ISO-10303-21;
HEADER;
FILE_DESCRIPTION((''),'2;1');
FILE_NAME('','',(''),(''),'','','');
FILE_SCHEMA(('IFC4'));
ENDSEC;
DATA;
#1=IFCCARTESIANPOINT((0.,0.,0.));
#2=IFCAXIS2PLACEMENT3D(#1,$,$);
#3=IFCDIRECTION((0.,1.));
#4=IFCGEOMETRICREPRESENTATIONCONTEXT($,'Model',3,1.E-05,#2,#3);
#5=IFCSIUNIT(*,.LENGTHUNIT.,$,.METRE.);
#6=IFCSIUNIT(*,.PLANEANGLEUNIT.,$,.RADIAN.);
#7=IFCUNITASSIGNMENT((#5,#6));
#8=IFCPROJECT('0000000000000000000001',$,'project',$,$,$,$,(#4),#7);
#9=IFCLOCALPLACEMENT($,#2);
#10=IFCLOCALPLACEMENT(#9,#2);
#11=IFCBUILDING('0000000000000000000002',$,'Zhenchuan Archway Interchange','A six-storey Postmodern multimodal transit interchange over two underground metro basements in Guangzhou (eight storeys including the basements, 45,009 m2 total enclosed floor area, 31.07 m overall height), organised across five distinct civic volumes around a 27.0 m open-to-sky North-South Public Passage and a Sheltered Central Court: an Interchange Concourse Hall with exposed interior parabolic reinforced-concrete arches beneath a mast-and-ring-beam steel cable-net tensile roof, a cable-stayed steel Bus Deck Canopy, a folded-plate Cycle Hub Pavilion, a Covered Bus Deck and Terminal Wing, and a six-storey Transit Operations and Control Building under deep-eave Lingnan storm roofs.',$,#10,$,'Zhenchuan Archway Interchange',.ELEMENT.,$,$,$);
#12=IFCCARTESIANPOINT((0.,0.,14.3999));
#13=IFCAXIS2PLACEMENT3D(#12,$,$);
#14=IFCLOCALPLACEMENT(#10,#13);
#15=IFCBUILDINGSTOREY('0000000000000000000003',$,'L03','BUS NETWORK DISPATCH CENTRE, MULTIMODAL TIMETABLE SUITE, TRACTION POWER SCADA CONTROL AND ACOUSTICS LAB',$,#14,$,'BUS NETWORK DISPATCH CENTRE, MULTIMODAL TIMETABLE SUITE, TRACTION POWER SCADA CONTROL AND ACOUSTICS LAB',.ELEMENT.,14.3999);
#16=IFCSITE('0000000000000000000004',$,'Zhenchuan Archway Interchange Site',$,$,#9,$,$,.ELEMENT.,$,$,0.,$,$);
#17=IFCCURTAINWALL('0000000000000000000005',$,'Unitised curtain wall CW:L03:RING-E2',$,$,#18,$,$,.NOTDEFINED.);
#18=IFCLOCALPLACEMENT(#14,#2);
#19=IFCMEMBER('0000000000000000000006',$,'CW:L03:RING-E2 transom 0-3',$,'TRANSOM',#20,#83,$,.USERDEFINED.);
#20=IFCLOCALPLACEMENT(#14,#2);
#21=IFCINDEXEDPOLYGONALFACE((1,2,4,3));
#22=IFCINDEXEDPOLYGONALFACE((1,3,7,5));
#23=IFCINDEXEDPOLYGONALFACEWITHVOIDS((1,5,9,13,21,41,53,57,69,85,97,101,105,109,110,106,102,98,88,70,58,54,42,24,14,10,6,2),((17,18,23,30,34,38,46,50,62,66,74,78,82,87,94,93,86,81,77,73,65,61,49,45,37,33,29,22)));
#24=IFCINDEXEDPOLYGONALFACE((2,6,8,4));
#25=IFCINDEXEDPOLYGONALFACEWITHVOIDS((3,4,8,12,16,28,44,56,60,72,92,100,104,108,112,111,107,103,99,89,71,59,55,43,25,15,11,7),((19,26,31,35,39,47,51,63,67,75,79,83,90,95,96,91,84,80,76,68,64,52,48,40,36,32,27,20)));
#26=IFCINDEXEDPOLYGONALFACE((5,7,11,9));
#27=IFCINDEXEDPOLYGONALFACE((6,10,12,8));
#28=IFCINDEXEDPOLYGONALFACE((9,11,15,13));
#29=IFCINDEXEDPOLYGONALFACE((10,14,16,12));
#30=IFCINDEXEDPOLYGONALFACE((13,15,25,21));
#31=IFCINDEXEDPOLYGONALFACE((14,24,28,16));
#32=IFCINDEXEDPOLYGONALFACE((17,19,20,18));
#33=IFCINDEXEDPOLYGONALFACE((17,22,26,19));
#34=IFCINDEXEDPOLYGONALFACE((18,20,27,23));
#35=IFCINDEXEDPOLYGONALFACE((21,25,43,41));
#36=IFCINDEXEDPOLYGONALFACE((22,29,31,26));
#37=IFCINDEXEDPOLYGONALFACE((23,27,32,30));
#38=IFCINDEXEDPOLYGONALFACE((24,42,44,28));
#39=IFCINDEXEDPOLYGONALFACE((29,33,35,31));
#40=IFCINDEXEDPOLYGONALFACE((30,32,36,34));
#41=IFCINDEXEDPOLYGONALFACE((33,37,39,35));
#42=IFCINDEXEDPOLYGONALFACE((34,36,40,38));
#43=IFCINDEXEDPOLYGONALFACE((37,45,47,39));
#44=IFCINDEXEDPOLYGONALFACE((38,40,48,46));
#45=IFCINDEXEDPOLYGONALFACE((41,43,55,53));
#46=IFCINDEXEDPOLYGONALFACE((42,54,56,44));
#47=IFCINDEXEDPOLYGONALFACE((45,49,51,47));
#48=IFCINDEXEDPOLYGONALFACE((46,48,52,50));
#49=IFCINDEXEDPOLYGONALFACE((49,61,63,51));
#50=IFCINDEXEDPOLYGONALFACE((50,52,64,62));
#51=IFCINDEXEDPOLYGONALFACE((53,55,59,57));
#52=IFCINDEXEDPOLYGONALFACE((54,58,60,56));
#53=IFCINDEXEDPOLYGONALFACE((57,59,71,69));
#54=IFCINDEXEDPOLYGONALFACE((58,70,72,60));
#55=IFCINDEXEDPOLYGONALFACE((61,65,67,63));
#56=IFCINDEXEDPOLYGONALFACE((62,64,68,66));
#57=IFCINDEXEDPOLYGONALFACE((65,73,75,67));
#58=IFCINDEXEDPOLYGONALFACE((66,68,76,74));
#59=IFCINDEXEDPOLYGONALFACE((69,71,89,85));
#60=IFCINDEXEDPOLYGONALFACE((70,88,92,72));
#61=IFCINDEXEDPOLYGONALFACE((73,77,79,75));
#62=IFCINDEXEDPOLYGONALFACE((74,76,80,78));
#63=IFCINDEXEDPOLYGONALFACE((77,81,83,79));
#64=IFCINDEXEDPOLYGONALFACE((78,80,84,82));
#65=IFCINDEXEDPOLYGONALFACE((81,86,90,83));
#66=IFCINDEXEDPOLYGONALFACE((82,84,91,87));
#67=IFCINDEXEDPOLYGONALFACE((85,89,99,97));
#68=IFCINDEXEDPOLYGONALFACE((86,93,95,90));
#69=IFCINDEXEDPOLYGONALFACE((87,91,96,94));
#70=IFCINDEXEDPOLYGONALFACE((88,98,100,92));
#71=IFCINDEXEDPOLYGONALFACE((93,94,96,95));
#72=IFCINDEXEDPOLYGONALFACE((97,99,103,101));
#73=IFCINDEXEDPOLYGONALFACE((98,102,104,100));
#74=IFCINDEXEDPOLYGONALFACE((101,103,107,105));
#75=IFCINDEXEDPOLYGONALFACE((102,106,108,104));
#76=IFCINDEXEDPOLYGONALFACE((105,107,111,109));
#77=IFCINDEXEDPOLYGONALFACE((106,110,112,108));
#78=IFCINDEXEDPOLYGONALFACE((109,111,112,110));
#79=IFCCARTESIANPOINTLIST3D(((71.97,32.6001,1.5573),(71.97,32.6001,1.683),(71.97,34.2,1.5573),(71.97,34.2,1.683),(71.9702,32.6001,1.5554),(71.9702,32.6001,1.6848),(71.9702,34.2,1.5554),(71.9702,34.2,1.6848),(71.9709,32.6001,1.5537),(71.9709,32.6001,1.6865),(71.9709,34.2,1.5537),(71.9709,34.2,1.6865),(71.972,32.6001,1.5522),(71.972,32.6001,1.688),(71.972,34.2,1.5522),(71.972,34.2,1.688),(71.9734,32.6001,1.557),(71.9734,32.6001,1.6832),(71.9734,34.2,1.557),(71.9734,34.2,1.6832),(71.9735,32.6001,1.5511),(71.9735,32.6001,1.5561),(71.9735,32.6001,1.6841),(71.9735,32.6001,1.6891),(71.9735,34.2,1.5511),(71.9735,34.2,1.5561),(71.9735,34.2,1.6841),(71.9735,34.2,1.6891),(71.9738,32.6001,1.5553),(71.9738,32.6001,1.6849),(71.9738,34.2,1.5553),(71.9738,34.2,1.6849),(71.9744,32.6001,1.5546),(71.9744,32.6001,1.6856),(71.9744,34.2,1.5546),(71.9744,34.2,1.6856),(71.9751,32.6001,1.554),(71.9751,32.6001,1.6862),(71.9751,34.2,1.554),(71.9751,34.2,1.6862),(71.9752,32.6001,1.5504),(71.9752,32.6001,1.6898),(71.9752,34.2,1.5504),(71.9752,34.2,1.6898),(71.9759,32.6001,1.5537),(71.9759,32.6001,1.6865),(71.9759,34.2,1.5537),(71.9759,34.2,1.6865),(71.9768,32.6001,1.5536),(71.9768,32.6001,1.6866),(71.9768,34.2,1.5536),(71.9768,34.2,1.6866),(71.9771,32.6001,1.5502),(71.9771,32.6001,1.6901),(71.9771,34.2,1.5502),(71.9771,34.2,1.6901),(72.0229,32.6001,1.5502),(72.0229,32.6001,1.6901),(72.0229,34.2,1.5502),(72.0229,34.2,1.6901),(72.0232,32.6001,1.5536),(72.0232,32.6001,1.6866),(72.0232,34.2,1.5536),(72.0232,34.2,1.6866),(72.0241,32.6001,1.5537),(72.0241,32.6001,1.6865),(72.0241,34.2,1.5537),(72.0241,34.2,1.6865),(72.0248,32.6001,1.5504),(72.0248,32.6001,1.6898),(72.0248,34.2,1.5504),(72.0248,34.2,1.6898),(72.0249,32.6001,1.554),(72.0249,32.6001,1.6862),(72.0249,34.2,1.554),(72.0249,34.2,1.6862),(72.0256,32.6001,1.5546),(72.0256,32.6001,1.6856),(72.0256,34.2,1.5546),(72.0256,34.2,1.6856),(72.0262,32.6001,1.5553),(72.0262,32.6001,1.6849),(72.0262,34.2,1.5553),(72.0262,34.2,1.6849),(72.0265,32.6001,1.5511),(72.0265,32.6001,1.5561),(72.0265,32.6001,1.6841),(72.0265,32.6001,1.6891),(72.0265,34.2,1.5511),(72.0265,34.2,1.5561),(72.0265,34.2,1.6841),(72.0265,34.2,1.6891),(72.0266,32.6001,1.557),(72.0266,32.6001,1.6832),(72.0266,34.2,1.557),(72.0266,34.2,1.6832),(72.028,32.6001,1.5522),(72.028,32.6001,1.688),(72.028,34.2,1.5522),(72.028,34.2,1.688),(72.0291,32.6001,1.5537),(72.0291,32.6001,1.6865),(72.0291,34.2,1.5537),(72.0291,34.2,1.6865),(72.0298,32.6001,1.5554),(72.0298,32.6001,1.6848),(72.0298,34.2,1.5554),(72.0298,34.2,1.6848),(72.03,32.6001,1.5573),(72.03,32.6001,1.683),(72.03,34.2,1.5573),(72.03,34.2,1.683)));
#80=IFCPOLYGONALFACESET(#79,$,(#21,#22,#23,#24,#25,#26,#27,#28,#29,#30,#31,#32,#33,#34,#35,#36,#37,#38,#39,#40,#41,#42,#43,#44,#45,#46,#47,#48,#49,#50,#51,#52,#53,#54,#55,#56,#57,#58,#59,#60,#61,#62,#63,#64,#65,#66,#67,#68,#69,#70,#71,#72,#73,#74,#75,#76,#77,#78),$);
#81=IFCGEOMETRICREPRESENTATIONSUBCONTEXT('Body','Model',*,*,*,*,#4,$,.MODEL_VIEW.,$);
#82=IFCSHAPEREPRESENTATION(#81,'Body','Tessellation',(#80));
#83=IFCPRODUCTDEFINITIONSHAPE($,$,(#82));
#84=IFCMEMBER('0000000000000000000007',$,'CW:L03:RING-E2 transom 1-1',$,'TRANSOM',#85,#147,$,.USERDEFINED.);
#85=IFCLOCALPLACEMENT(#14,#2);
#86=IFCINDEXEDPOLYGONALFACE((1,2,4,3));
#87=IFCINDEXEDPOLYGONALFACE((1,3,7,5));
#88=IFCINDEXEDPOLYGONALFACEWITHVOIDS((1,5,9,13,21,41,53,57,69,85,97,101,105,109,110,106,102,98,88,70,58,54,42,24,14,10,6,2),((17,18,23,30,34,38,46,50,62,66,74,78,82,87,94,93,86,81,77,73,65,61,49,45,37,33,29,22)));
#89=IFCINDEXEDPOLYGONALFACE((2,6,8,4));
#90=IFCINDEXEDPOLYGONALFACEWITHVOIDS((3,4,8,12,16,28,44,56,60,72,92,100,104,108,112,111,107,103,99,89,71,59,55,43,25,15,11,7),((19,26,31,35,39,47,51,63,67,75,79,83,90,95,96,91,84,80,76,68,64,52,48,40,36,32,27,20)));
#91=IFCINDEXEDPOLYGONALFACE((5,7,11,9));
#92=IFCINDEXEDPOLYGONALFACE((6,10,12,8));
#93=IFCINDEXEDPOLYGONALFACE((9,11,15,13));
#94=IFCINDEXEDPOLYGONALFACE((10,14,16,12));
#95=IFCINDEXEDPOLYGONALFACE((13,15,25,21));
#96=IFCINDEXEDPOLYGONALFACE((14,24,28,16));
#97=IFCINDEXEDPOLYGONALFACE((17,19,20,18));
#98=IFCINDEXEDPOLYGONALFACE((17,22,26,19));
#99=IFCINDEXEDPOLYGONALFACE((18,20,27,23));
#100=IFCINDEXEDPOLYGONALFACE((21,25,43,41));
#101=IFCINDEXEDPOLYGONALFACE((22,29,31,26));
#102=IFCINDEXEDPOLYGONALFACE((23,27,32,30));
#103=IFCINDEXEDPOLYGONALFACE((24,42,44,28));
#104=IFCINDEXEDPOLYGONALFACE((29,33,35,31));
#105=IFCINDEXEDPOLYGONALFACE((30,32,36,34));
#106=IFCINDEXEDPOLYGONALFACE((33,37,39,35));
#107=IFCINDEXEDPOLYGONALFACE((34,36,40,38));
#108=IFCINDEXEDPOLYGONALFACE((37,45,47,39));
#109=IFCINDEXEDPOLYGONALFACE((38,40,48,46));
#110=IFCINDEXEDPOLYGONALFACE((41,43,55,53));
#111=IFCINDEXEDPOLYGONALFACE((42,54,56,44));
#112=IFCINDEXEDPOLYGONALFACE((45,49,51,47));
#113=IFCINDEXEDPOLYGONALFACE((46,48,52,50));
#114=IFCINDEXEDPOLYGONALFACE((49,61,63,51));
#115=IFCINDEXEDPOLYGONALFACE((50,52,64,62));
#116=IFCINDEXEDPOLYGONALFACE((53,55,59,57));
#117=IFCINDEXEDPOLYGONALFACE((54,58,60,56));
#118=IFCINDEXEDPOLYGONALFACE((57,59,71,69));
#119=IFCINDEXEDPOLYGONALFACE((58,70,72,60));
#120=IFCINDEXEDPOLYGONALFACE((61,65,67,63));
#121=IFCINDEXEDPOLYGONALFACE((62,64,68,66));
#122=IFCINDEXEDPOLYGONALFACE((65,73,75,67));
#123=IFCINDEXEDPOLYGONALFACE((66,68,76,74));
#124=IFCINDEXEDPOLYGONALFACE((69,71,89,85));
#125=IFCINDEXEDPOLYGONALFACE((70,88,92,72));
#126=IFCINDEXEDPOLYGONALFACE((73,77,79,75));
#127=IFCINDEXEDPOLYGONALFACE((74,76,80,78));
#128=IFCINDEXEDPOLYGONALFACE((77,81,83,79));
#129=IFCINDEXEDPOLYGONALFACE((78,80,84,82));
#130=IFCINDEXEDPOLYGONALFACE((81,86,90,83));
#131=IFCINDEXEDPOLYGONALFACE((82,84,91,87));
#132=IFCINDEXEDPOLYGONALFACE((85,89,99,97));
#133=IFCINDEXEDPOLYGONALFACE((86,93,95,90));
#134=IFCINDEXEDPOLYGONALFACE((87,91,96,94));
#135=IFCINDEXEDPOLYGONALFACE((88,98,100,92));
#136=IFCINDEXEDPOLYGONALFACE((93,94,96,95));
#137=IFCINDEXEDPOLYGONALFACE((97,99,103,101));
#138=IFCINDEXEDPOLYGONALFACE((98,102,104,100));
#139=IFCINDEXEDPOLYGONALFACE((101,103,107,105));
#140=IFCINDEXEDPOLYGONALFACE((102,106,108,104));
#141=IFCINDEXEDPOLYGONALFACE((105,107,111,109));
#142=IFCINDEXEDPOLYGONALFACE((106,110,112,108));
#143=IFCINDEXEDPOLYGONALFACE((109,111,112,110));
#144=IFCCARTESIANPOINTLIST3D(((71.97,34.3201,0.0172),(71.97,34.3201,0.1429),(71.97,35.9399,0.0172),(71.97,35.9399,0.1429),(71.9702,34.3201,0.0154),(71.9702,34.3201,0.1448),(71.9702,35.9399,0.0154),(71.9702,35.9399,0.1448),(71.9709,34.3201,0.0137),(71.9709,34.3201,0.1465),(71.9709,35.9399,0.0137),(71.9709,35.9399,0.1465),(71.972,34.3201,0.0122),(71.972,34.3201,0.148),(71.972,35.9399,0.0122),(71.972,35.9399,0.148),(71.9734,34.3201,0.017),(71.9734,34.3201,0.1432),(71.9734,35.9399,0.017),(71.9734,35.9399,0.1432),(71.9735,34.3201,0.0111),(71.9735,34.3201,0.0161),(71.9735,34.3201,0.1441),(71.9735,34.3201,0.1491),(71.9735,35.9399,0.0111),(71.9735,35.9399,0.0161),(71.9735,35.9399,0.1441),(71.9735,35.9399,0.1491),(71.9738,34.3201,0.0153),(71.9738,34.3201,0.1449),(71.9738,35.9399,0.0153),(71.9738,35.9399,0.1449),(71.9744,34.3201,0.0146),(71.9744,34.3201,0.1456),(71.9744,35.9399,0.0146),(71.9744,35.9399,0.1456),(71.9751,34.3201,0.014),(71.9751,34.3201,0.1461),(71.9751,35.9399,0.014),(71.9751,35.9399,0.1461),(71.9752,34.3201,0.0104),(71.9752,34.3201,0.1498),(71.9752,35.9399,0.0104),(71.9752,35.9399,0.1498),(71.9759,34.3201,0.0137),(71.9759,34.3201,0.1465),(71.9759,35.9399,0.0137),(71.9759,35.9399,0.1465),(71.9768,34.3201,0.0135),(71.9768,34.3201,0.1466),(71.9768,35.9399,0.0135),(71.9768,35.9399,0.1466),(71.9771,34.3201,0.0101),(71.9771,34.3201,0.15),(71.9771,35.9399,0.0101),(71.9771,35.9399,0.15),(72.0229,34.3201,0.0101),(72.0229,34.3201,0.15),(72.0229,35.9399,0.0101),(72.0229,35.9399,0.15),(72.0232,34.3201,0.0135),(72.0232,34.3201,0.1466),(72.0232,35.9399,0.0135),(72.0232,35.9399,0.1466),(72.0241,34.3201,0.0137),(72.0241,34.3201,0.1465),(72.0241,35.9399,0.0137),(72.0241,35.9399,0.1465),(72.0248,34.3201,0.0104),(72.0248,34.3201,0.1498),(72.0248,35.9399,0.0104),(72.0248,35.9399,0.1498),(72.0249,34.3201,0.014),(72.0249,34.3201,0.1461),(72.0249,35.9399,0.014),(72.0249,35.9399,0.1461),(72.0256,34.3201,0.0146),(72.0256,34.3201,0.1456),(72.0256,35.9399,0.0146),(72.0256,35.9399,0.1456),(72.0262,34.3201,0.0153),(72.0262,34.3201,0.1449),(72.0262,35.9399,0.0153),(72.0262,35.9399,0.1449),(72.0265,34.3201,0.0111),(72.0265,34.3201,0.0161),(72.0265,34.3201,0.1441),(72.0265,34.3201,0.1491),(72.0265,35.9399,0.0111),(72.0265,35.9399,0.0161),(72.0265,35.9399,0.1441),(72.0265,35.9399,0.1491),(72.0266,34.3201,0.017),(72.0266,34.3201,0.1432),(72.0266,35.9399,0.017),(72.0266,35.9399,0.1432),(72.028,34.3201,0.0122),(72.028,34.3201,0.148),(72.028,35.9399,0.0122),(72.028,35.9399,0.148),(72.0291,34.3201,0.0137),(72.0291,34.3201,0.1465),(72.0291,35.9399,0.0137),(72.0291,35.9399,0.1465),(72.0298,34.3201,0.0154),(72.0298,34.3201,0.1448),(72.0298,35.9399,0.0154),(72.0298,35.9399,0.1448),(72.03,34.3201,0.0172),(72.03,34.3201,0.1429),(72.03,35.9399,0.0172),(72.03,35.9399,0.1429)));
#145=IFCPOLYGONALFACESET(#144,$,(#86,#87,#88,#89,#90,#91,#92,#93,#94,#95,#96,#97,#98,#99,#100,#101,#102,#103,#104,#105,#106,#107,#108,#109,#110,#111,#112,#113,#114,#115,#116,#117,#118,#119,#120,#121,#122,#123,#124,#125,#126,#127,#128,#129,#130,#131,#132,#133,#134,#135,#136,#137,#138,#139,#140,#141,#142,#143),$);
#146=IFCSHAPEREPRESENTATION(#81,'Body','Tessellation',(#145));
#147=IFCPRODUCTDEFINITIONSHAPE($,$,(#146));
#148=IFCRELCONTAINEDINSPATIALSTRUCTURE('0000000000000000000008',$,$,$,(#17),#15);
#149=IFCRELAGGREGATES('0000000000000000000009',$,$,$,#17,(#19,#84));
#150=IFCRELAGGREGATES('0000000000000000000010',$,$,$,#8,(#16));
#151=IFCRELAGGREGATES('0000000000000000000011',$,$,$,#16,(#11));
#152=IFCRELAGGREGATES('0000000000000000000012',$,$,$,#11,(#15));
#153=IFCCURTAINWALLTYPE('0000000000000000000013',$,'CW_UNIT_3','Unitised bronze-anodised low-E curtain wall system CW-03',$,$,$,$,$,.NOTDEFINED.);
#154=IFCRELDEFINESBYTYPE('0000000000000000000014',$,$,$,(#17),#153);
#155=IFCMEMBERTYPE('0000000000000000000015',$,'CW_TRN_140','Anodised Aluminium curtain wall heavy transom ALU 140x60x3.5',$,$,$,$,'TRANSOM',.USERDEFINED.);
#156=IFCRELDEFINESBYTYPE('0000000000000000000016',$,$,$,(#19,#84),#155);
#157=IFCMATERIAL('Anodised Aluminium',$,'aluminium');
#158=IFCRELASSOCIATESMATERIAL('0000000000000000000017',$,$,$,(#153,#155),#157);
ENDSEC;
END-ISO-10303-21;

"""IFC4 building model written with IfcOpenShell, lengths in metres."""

from ifc_helpers import new_model, si_unit, direction, frame, origin, origin_2d, place, context, subcontext, project, spatial, hollow_rectangle, extrude, material, material_profile, profile_set, type_object, element, aggregate, save


model = new_model("IFC4")

# Units and contexts
model_context = context("Model", 3, precision=1e-05, world=origin(), true_north=direction((0.0, 1.0)))
body_context = subcontext(model_context, "Body", "Model", "MODEL_VIEW")
ifc_project = project(units=[si_unit("LENGTHUNIT", "METRE"), si_unit("PLANEANGLEUNIT", "RADIAN")], contexts=[model_context])

# Site, building, storey
site_placement = place(None, origin())
site = spatial("IfcSite", under=ifc_project, at=site_placement, Name="Zhenchuan Archway Interchange Site", CompositionType="ELEMENT", RefElevation=0.0)
building_placement = place(site_placement, origin())
building = spatial("IfcBuilding", under=site, at=building_placement, Name="Zhenchuan Archway Interchange", Description="A six-storey Postmodern multimodal transit interchange over two underground metro basements in Guangzhou (eight storeys including the basements, 45,009 m2 total enclosed floor area, 31.07 m overall height), organised across five distinct civic volumes around a 27.0 m open-to-sky North-South Public Passage and a Sheltered Central Court: an Interchange Concourse Hall with exposed interior parabolic reinforced-concrete arches beneath a mast-and-ring-beam steel cable-net tensile roof, a cable-stayed steel Bus Deck Canopy, a folded-plate Cycle Hub Pavilion, a Covered Bus Deck and Terminal Wing, and a six-storey Transit Operations and Control Building under deep-eave Lingnan storm roofs.", LongName="Zhenchuan Archway Interchange", CompositionType="ELEMENT")
storey_placement = place(building_placement, frame((0.0, 0.0, 14.3999)))
storey = spatial("IfcBuildingStorey", under=building, at=storey_placement, Name="L03", Description="BUS NETWORK DISPATCH CENTRE, MULTIMODAL TIMETABLE SUITE, TRACTION POWER SCADA CONTROL AND ACOUSTICS LAB", LongName="BUS NETWORK DISPATCH CENTRE, MULTIMODAL TIMETABLE SUITE, TRACTION POWER SCADA CONTROL AND ACOUSTICS LAB", CompositionType="ELEMENT", Elevation=14.3999)

# Curtain wall
ifc_material_1 = material(Name="Anodised Aluminium", Category="aluminium")
curtain_wall_type = type_object("IfcCurtainWallType", Name="CW_UNIT_3", Description="Unitised bronze-anodised low-E curtain wall system CW-03", PredefinedType="NOTDEFINED", material=ifc_material_1)
curtain_wall_1_placement = place(storey_placement, origin())
curtain_wall_1 = element("IfcCurtainWall", 1, at=curtain_wall_1_placement, inside=storey, type_object=curtain_wall_type, Name="Unitised curtain wall CW:L03:RING-E2", PredefinedType="NOTDEFINED")

# Members
ifc_material_profile_1 = material_profile(ifc_material_1, hollow_rectangle(XDim=0.0601, YDim=0.1399, WallThickness=0.0034, InnerFilletRadius=0.0034, OuterFilletRadius=0.0071, at=origin_2d()), Name="ALU 140x60x3.5")
ifc_profile_set_1 = profile_set([ifc_material_profile_1], Name="Anodised Aluminium")
member_type_1 = type_object("IfcMemberType", Name="CW_TRN_140", Description="Anodised Aluminium curtain wall heavy transom ALU 140x60x3.5", ElementType="TRANSOM", PredefinedType="USERDEFINED", material=ifc_profile_set_1)
member_1_placement = place(storey_placement, frame((72.0, 32.6001, 1.6201), z_axis=(0.0, 1.0, 0.0), x_axis=(-1.0, 0.0, 0.0)))
member_1 = element("IfcMember", 2, at=member_1_placement, type_object=member_type_1, Name="CW:L03:RING-E2 transom 0-3", ObjectType="TRANSOM", PredefinedType="USERDEFINED", context=body_context, shape_type="SweptSolid", body=[
    extrude(hollow_rectangle(XDim=0.0601, YDim=0.1399, WallThickness=0.0034, InnerFilletRadius=0.0034, OuterFilletRadius=0.0071, at=origin_2d()), origin(), (0.0, 0.0, 1.0), 1.5999),
])
member_2_placement = place(storey_placement, frame((72.0, 34.3201, 0.0801), z_axis=(0.0, 1.0, 0.0), x_axis=(-1.0, 0.0, 0.0)))
member_2 = element("IfcMember", 3, at=member_2_placement, type_object=member_type_1, Name="CW:L03:RING-E2 transom 1-1", ObjectType="TRANSOM", PredefinedType="USERDEFINED", context=body_context, shape_type="SweptSolid", body=[
    extrude(hollow_rectangle(XDim=0.0601, YDim=0.1399, WallThickness=0.0034, InnerFilletRadius=0.0034, OuterFilletRadius=0.0071, at=origin_2d()), origin(), (0.0, 0.0, 1.0), 1.6199),
])

aggregate(curtain_wall_1, [member_1, member_2])

save(model, "model.ifc")
